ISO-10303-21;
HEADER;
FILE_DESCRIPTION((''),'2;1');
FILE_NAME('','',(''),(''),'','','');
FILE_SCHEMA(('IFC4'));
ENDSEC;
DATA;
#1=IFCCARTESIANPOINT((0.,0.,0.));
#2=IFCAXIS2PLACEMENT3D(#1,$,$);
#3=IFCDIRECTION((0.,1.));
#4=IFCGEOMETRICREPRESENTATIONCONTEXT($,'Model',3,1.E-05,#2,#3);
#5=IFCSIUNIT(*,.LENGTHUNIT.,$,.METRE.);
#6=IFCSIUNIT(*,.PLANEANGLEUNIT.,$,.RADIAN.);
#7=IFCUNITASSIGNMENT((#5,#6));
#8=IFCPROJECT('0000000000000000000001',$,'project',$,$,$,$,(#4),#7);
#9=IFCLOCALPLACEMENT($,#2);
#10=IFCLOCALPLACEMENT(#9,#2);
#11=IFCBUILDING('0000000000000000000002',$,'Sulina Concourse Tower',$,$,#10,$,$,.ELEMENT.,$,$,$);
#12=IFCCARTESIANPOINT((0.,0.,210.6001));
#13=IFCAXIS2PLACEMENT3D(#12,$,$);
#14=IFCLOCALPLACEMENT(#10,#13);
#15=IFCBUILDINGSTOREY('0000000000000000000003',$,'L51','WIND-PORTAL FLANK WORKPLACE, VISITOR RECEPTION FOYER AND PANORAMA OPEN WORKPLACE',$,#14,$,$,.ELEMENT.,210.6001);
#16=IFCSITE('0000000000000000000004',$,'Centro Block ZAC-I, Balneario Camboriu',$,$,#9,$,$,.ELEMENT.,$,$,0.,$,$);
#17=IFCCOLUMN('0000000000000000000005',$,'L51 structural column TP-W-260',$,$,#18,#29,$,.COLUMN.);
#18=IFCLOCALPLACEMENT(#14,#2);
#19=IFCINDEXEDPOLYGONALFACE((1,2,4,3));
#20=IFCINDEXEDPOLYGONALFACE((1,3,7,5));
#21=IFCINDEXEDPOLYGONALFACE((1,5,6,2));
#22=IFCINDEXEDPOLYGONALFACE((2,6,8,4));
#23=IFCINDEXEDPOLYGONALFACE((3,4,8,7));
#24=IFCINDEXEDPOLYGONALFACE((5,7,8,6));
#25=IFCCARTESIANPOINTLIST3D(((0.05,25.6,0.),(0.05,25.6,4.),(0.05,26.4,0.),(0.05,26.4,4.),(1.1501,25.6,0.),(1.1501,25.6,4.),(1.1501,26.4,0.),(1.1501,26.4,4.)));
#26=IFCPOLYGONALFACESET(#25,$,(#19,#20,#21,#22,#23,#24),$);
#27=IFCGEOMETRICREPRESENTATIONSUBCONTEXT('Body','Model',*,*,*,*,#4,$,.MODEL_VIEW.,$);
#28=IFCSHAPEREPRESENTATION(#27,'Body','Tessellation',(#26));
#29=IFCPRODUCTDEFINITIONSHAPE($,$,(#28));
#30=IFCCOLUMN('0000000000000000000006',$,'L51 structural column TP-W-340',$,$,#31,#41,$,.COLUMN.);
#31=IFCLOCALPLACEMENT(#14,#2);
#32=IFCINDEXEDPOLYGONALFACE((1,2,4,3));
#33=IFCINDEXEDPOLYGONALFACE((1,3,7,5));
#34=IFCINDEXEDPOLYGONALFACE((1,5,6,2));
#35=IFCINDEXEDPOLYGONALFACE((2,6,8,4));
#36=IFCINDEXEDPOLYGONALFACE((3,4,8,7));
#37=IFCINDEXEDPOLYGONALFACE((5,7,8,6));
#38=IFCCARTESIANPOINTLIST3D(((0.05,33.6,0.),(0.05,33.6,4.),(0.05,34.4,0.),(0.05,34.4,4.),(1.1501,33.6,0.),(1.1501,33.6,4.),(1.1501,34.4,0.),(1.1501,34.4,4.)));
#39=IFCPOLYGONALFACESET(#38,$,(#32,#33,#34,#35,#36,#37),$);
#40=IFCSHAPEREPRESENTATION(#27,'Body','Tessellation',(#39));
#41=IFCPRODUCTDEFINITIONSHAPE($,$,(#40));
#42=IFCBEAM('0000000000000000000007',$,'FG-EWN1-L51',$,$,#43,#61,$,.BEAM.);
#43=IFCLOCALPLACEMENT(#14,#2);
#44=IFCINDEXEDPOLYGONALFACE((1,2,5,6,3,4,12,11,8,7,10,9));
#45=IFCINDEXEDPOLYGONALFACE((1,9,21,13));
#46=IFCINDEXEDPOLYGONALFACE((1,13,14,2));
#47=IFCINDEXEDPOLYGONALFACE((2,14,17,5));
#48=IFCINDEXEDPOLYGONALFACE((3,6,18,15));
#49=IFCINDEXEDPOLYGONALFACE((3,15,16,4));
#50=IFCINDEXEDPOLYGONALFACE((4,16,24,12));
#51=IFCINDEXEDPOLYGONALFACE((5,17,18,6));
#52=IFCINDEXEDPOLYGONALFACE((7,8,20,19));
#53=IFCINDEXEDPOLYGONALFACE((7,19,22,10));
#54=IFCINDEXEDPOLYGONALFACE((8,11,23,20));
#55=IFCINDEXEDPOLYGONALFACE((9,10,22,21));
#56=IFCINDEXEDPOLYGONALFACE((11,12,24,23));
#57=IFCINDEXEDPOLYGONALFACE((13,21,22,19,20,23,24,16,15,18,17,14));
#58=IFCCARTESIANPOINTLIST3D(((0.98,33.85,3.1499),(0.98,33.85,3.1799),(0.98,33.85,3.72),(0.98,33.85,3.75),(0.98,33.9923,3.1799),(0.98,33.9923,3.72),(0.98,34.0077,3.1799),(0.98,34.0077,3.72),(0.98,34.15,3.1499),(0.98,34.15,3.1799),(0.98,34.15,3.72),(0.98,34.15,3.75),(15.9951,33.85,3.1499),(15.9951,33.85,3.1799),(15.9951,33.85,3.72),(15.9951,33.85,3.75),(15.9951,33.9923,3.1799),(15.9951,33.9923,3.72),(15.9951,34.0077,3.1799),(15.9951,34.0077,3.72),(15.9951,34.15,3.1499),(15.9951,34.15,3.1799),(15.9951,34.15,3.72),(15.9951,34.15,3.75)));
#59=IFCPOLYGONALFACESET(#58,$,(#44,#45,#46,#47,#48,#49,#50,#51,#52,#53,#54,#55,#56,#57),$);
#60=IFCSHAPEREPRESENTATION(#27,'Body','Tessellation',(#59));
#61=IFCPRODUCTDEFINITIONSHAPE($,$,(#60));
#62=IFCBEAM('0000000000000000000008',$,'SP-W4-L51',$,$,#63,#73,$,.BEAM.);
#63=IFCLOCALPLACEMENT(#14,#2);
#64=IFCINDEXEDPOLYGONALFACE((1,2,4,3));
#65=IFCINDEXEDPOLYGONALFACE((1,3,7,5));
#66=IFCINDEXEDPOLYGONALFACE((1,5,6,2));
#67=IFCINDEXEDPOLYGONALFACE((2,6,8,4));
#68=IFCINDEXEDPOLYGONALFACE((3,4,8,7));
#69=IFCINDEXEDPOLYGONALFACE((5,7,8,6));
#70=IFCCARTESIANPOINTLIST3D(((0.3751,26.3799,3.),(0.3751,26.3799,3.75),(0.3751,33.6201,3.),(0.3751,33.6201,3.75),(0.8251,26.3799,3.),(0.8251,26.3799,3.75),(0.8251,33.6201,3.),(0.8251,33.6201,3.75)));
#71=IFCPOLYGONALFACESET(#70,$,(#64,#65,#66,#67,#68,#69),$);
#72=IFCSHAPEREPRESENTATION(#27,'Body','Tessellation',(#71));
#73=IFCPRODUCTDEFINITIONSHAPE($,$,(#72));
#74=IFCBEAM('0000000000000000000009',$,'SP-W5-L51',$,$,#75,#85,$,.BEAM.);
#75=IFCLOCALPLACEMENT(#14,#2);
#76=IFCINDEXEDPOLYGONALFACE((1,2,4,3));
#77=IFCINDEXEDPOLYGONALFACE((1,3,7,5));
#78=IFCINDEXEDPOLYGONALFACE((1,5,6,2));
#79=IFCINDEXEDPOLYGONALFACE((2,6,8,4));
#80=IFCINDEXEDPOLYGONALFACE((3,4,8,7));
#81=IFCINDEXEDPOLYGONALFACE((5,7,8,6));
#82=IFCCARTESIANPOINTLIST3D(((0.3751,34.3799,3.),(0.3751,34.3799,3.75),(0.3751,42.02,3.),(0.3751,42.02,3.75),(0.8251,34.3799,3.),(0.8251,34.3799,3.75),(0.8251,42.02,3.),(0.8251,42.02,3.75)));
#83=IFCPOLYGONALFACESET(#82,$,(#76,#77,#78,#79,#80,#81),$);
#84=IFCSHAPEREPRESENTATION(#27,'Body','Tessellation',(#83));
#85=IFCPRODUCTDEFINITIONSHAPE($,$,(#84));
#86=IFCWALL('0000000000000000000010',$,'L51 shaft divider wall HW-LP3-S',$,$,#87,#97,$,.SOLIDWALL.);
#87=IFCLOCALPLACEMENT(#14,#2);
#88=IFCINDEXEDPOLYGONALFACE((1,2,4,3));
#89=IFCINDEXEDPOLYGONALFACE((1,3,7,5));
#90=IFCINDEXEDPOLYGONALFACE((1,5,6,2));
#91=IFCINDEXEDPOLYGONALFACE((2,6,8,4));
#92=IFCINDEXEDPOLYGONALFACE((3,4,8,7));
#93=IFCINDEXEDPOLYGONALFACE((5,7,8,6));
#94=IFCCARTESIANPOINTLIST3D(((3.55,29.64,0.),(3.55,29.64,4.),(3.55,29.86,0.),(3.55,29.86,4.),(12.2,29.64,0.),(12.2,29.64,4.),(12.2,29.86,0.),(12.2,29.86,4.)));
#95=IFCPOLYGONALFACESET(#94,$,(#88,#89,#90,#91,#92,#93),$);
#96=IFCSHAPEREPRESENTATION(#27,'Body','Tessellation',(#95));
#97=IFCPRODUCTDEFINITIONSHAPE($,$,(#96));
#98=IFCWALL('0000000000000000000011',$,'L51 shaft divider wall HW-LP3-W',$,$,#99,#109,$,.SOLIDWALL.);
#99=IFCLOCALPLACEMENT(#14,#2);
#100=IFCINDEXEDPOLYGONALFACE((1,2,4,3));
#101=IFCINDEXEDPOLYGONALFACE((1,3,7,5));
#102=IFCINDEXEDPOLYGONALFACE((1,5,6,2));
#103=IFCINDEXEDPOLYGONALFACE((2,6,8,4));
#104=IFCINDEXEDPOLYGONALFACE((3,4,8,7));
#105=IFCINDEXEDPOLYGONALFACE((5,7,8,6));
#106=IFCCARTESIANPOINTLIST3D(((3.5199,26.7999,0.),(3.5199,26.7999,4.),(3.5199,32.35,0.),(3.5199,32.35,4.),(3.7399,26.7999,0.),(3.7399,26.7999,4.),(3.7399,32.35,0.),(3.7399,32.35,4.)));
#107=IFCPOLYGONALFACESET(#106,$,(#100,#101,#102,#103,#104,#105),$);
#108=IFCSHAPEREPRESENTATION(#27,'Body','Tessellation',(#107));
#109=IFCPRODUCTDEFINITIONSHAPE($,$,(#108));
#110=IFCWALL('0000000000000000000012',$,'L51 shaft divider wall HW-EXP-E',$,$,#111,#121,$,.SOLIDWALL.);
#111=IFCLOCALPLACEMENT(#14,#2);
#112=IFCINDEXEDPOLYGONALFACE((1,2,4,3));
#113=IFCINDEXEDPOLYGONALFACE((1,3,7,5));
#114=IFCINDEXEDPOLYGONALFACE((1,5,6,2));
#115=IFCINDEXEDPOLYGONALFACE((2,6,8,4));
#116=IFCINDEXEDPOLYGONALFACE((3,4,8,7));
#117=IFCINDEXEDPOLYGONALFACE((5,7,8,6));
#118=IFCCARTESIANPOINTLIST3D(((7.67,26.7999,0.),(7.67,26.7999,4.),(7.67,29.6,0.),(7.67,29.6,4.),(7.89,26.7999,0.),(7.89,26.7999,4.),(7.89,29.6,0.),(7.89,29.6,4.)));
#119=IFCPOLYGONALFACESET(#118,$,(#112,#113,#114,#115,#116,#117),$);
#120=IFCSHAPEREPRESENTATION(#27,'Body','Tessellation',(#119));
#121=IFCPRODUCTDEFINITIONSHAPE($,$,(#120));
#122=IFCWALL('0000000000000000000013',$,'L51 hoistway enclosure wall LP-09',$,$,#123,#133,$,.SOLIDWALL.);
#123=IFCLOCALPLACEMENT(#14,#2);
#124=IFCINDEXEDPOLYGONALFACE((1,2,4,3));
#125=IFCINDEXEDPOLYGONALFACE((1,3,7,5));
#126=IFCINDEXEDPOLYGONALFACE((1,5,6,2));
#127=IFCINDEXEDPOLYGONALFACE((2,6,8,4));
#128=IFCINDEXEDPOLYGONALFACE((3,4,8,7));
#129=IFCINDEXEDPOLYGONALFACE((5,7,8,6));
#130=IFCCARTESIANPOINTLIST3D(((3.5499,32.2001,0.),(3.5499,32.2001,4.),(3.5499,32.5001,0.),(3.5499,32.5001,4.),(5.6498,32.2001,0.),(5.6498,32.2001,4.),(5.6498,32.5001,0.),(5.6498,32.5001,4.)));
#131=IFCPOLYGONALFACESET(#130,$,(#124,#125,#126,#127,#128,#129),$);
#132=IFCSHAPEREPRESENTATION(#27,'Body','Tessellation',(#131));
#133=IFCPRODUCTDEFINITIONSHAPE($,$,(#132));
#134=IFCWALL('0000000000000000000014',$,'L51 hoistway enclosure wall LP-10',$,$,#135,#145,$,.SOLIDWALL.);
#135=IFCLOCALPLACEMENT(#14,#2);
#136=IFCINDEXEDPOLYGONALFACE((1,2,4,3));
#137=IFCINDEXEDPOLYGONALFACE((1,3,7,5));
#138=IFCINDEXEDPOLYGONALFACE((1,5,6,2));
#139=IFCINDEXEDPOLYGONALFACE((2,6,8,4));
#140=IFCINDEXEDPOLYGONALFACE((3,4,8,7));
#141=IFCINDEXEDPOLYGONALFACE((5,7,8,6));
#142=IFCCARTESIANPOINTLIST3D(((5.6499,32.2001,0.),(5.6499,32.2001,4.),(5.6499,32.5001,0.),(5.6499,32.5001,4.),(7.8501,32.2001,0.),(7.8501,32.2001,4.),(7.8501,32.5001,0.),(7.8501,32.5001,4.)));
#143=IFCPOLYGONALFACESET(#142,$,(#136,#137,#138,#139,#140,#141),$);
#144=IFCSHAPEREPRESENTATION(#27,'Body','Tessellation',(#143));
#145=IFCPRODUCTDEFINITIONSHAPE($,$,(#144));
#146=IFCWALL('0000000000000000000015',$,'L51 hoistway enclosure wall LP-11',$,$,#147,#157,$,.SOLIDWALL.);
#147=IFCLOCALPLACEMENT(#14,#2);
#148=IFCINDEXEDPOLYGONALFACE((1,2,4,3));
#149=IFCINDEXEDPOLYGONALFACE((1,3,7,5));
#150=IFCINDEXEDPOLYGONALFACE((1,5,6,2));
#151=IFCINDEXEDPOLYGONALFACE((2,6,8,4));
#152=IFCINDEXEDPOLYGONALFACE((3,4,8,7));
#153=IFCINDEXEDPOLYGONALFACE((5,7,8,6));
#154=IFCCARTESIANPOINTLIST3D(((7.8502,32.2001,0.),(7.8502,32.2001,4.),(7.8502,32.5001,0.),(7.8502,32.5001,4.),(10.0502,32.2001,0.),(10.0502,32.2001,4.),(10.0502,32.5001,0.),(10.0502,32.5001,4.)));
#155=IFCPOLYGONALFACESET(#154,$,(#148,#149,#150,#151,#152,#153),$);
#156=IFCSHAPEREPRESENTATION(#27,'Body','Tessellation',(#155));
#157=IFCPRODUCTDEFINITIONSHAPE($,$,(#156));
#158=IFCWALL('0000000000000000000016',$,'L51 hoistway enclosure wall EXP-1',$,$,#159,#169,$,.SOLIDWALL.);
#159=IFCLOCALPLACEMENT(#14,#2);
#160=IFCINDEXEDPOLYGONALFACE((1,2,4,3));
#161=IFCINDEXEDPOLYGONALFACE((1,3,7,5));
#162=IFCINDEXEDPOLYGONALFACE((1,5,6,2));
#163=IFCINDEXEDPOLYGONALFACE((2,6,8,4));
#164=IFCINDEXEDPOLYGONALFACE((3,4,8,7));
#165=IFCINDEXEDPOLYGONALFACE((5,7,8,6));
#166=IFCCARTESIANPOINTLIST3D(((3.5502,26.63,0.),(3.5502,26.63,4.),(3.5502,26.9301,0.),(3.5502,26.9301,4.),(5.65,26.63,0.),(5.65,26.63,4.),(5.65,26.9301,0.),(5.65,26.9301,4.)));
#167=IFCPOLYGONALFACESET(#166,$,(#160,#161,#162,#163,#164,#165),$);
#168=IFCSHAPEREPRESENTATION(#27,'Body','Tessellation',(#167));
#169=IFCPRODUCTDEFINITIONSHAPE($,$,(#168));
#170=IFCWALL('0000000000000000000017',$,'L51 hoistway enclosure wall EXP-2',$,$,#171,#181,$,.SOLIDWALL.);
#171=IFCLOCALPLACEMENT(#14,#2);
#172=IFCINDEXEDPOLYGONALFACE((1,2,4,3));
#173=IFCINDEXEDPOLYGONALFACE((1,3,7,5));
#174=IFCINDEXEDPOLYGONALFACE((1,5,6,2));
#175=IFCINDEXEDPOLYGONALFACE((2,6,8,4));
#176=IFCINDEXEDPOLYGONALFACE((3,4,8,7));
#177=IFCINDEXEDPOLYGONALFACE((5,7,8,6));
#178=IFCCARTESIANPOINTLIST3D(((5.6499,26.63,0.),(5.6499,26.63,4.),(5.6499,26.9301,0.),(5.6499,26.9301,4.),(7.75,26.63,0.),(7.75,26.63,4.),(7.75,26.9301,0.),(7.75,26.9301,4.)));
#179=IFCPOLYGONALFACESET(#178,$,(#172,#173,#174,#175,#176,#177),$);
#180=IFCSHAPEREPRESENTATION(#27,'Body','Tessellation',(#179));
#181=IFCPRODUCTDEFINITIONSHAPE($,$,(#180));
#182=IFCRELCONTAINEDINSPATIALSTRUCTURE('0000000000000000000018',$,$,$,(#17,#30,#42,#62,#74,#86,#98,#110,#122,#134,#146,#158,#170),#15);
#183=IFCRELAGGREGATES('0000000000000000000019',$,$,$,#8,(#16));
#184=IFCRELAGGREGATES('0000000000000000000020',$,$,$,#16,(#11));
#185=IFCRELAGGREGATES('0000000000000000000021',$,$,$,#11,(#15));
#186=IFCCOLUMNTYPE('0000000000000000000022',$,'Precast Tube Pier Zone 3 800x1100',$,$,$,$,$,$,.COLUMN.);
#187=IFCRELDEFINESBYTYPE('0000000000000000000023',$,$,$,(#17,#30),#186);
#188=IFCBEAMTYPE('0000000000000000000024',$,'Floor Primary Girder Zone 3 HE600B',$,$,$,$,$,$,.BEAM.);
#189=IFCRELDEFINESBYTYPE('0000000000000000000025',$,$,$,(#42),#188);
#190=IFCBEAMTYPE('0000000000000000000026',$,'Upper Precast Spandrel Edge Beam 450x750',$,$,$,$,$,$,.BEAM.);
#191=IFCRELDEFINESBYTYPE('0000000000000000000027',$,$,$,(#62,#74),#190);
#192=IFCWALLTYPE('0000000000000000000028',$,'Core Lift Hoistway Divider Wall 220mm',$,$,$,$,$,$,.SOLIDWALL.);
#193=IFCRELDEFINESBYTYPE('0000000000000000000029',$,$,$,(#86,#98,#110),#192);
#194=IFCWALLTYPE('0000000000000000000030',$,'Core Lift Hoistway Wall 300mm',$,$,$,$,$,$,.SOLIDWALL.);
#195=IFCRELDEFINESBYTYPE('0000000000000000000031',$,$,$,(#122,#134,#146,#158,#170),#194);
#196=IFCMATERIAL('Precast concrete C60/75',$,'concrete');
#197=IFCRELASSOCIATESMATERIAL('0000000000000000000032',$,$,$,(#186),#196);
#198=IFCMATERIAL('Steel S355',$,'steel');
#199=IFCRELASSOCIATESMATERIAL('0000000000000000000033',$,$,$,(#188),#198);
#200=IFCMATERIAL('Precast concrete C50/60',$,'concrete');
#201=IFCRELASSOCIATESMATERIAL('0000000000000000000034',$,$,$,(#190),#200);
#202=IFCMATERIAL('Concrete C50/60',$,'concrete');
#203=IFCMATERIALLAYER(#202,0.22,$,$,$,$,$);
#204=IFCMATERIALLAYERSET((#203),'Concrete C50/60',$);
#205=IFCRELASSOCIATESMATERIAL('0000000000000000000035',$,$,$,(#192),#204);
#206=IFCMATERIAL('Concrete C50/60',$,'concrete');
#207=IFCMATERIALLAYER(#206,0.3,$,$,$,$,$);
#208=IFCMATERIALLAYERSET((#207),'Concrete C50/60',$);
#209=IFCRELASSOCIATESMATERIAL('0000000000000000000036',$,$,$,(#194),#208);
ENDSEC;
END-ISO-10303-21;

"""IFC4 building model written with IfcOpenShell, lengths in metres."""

from ifc_helpers import new_model, si_unit, direction, frame, frame_2d, origin, origin_2d, place, context, subcontext, project, spatial, rectangle, i_section, extrude, material, layer, layer_set, material_profile, profile_set, type_object, element, save


model = new_model("IFC4")

# Units and contexts
model_context = context("Model", 3, precision=1e-05, world=origin(), true_north=direction((0.0, 1.0)))
body_context = subcontext(model_context, "Body", "Model", "MODEL_VIEW")
ifc_project = project(units=[si_unit("LENGTHUNIT", "METRE"), si_unit("PLANEANGLEUNIT", "RADIAN")], contexts=[model_context])

# Site, building, storey
site_placement = place(None, origin())
site = spatial("IfcSite", under=ifc_project, at=site_placement, Name="Centro Block ZAC-I, Balneario Camboriu", CompositionType="ELEMENT", RefElevation=0.0)
building_placement = place(site_placement, origin())
building = spatial("IfcBuilding", under=site, at=building_placement, Name="Sulina Concourse Tower", CompositionType="ELEMENT")
storey_placement = place(building_placement, frame((0.0, 0.0, 210.6001)))
storey = spatial("IfcBuildingStorey", under=building, at=storey_placement, Name="L51", Description="WIND-PORTAL FLANK WORKPLACE, VISITOR RECEPTION FOYER AND PANORAMA OPEN WORKPLACE", CompositionType="ELEMENT", Elevation=210.6001)

# Columns
ifc_material_1 = material(Name="Precast concrete C60/75", Category="concrete")
ifc_material_profile_1 = material_profile(ifc_material_1, rectangle(XDim=0.8, YDim=1.1001, at=origin_2d()), Name="PC 800x1100")
ifc_profile_set_1 = profile_set([ifc_material_profile_1], Name="Precast concrete C60/75")
column_type = type_object("IfcColumnType", Name="Precast Tube Pier Zone 3 800x1100", PredefinedType="COLUMN", material=ifc_profile_set_1)
for number, where, z_axis, x_axis, name in (
    (1, (0.6001, 26.0, 0.0), (0.0, 0.0, 1.0), (0.0, 1.0, 0.0), "L51 structural column TP-W-260"),
    (2, (0.6001, 34.0, 0.0), (0.0, 0.0, 1.0), (0.0, 1.0, 0.0), "L51 structural column TP-W-340"),
):
    element("IfcColumn", number, at=place(storey_placement, frame(where, z_axis=z_axis, x_axis=x_axis)), inside=storey, type_object=column_type, Name=name, PredefinedType="COLUMN", context=body_context, shape_type="SweptSolid", body=[
        extrude(rectangle(XDim=0.8, YDim=1.1001, at=origin_2d()), origin(), (0.0, 0.0, 1.0), 4.0),
    ])

# Beams
ifc_material_2 = material(Name="Steel S355", Category="steel")
ifc_material_profile_2 = material_profile(ifc_material_2, i_section(OverallWidth=0.3, OverallDepth=0.6001, WebThickness=0.0154, FlangeThickness=0.03, at=origin_2d()), Name="HE 600 B")
ifc_profile_set_2 = profile_set([ifc_material_profile_2], Name="Steel S355")
beam_type_1 = type_object("IfcBeamType", Name="Floor Primary Girder Zone 3 HE600B", PredefinedType="BEAM", material=ifc_profile_set_2)
beam_1_placement = place(storey_placement, frame((0.98, 34.0, 3.45), z_axis=(1.0, 0.0, 0.0), x_axis=(0.0, 1.0, 0.0)))
element("IfcBeam", 3, at=beam_1_placement, inside=storey, type_object=beam_type_1, Name="FG-EWN1-L51", PredefinedType="BEAM", context=body_context, shape_type="SweptSolid", body=[
    extrude(i_section(OverallWidth=0.3, OverallDepth=0.6001, WebThickness=0.0154, FlangeThickness=0.03, at=origin_2d()), origin(), (0.0, 0.0, 1.0), 15.0151),
])
ifc_material_3 = material(Name="Precast concrete C50/60", Category="concrete")
ifc_material_profile_3 = material_profile(ifc_material_3, rectangle(XDim=0.45, YDim=0.75, at=origin_2d()), Name="RC 450x750")
ifc_profile_set_3 = profile_set([ifc_material_profile_3], Name="Precast concrete C50/60")
beam_type_2 = type_object("IfcBeamType", Name="Upper Precast Spandrel Edge Beam 450x750", PredefinedType="BEAM", material=ifc_profile_set_3)
beam_2_placement = place(storey_placement, frame((0.6001, 26.3799, 3.375), z_axis=(0.0, 1.0, 0.0), x_axis=(-1.0, 0.0, 0.0)))
element("IfcBeam", 4, at=beam_2_placement, inside=storey, type_object=beam_type_2, Name="SP-W4-L51", PredefinedType="BEAM", context=body_context, shape_type="SweptSolid", body=[
    extrude(rectangle(XDim=0.45, YDim=0.75, at=origin_2d()), origin(), (0.0, 0.0, 1.0), 7.2402),
])
beam_3_placement = place(storey_placement, frame((0.6001, 34.3799, 3.375), z_axis=(0.0, 1.0, 0.0), x_axis=(-1.0, 0.0, 0.0)))
element("IfcBeam", 5, at=beam_3_placement, inside=storey, type_object=beam_type_2, Name="SP-W5-L51", PredefinedType="BEAM", context=body_context, shape_type="SweptSolid", body=[
    extrude(rectangle(XDim=0.45, YDim=0.75, at=origin_2d()), origin(), (0.0, 0.0, 1.0), 7.6401),
])

# Walls
ifc_material_4 = material(Name="Concrete C50/60", Category="concrete")
ifc_layer_1 = layer(ifc_material_4, 0.22)
ifc_layer_set_1 = layer_set([ifc_layer_1], Name="Concrete C50/60")
wall_type_1 = type_object("IfcWallType", Name="Core Lift Hoistway Divider Wall 220mm", PredefinedType="SOLIDWALL", material=ifc_layer_set_1)
wall_1_placement = place(storey_placement, frame((3.55, 29.75, 0.0), z_axis=(0.0, 0.0, 1.0), x_axis=(1.0, 0.0, 0.0)))
element("IfcWall", 6, at=wall_1_placement, inside=storey, type_object=wall_type_1, Name="L51 shaft divider wall HW-LP3-S", PredefinedType="SOLIDWALL", context=body_context, shape_type="SweptSolid", body=[
    extrude(rectangle(XDim=8.6499, YDim=0.22, at=frame_2d((4.325, 0.0))), origin(), (0.0, 0.0, 1.0), 4.0),
])
wall_2_placement = place(storey_placement, frame((3.6299, 26.8, 0.0), z_axis=(0.0, 0.0, 1.0), x_axis=(0.0, 1.0, 0.0)))
element("IfcWall", 7, at=wall_2_placement, inside=storey, type_object=wall_type_1, Name="L51 shaft divider wall HW-LP3-W", PredefinedType="SOLIDWALL", context=body_context, shape_type="SweptSolid", body=[
    extrude(rectangle(XDim=5.55, YDim=0.22, at=frame_2d((2.7749, 0.0))), origin(), (0.0, 0.0, 1.0), 4.0),
])
wall_3_placement = place(storey_placement, frame((7.78, 26.8, 0.0), z_axis=(0.0, 0.0, 1.0), x_axis=(0.0, 1.0, 0.0)))
element("IfcWall", 8, at=wall_3_placement, inside=storey, type_object=wall_type_1, Name="L51 shaft divider wall HW-EXP-E", PredefinedType="SOLIDWALL", context=body_context, shape_type="SweptSolid", body=[
    extrude(rectangle(XDim=2.8, YDim=0.22, at=frame_2d((1.3999, 0.0))), origin(), (0.0, 0.0, 1.0), 4.0),
])
ifc_material_5 = material(Name="Concrete C50/60", Category="concrete")
ifc_layer_2 = layer(ifc_material_5, 0.3)
ifc_layer_set_2 = layer_set([ifc_layer_2], Name="Concrete C50/60")
wall_type_2 = type_object("IfcWallType", Name="Core Lift Hoistway Wall 300mm", PredefinedType="SOLIDWALL", material=ifc_layer_set_2)
wall_4_placement = place(storey_placement, frame((3.55, 32.3501, 0.0), z_axis=(0.0, 0.0, 1.0), x_axis=(1.0, 0.0, 0.0)))
element("IfcWall", 9, at=wall_4_placement, inside=storey, type_object=wall_type_2, Name="L51 hoistway enclosure wall LP-09", PredefinedType="SOLIDWALL", context=body_context, shape_type="SweptSolid", body=[
    extrude(rectangle(XDim=2.0999, YDim=0.3, at=frame_2d((1.0498, 0.0))), origin(), (0.0, 0.0, 1.0), 4.0),
])
wall_5_placement = place(storey_placement, frame((5.6499, 32.3501, 0.0), z_axis=(0.0, 0.0, 1.0), x_axis=(1.0, 0.0, 0.0)))
element("IfcWall", 10, at=wall_5_placement, inside=storey, type_object=wall_type_2, Name="L51 hoistway enclosure wall LP-10", PredefinedType="SOLIDWALL", context=body_context, shape_type="SweptSolid", body=[
    extrude(rectangle(XDim=2.2002, YDim=0.3, at=frame_2d((1.1001, 0.0))), origin(), (0.0, 0.0, 1.0), 4.0),
])
wall_6_placement = place(storey_placement, frame((7.8501, 32.3501, 0.0), z_axis=(0.0, 0.0, 1.0), x_axis=(1.0, 0.0, 0.0)))
element("IfcWall", 11, at=wall_6_placement, inside=storey, type_object=wall_type_2, Name="L51 hoistway enclosure wall LP-11", PredefinedType="SOLIDWALL", context=body_context, shape_type="SweptSolid", body=[
    extrude(rectangle(XDim=2.2, YDim=0.3, at=frame_2d((1.1001, 0.0))), origin(), (0.0, 0.0, 1.0), 4.0),
])
wall_7_placement = place(storey_placement, frame((5.6499, 26.78, 0.0), z_axis=(0.0, 0.0, 1.0), x_axis=(-1.0, 0.0, 0.0)))
element("IfcWall", 12, at=wall_7_placement, inside=storey, type_object=wall_type_2, Name="L51 hoistway enclosure wall EXP-1", PredefinedType="SOLIDWALL", context=body_context, shape_type="SweptSolid", body=[
    extrude(rectangle(XDim=2.0999, YDim=0.3, at=frame_2d((1.0498, 0.0))), origin(), (0.0, 0.0, 1.0), 4.0),
])
wall_8_placement = place(storey_placement, frame((7.75, 26.78, 0.0), z_axis=(0.0, 0.0, 1.0), x_axis=(-1.0, 0.0, 0.0)))
element("IfcWall", 13, at=wall_8_placement, inside=storey, type_object=wall_type_2, Name="L51 hoistway enclosure wall EXP-2", PredefinedType="SOLIDWALL", context=body_context, shape_type="SweptSolid", body=[
    extrude(rectangle(XDim=2.1001, YDim=0.3, at=frame_2d((1.05, 0.0))), origin(), (0.0, 0.0, 1.0), 4.0),
])

save(model, "model.ifc")
